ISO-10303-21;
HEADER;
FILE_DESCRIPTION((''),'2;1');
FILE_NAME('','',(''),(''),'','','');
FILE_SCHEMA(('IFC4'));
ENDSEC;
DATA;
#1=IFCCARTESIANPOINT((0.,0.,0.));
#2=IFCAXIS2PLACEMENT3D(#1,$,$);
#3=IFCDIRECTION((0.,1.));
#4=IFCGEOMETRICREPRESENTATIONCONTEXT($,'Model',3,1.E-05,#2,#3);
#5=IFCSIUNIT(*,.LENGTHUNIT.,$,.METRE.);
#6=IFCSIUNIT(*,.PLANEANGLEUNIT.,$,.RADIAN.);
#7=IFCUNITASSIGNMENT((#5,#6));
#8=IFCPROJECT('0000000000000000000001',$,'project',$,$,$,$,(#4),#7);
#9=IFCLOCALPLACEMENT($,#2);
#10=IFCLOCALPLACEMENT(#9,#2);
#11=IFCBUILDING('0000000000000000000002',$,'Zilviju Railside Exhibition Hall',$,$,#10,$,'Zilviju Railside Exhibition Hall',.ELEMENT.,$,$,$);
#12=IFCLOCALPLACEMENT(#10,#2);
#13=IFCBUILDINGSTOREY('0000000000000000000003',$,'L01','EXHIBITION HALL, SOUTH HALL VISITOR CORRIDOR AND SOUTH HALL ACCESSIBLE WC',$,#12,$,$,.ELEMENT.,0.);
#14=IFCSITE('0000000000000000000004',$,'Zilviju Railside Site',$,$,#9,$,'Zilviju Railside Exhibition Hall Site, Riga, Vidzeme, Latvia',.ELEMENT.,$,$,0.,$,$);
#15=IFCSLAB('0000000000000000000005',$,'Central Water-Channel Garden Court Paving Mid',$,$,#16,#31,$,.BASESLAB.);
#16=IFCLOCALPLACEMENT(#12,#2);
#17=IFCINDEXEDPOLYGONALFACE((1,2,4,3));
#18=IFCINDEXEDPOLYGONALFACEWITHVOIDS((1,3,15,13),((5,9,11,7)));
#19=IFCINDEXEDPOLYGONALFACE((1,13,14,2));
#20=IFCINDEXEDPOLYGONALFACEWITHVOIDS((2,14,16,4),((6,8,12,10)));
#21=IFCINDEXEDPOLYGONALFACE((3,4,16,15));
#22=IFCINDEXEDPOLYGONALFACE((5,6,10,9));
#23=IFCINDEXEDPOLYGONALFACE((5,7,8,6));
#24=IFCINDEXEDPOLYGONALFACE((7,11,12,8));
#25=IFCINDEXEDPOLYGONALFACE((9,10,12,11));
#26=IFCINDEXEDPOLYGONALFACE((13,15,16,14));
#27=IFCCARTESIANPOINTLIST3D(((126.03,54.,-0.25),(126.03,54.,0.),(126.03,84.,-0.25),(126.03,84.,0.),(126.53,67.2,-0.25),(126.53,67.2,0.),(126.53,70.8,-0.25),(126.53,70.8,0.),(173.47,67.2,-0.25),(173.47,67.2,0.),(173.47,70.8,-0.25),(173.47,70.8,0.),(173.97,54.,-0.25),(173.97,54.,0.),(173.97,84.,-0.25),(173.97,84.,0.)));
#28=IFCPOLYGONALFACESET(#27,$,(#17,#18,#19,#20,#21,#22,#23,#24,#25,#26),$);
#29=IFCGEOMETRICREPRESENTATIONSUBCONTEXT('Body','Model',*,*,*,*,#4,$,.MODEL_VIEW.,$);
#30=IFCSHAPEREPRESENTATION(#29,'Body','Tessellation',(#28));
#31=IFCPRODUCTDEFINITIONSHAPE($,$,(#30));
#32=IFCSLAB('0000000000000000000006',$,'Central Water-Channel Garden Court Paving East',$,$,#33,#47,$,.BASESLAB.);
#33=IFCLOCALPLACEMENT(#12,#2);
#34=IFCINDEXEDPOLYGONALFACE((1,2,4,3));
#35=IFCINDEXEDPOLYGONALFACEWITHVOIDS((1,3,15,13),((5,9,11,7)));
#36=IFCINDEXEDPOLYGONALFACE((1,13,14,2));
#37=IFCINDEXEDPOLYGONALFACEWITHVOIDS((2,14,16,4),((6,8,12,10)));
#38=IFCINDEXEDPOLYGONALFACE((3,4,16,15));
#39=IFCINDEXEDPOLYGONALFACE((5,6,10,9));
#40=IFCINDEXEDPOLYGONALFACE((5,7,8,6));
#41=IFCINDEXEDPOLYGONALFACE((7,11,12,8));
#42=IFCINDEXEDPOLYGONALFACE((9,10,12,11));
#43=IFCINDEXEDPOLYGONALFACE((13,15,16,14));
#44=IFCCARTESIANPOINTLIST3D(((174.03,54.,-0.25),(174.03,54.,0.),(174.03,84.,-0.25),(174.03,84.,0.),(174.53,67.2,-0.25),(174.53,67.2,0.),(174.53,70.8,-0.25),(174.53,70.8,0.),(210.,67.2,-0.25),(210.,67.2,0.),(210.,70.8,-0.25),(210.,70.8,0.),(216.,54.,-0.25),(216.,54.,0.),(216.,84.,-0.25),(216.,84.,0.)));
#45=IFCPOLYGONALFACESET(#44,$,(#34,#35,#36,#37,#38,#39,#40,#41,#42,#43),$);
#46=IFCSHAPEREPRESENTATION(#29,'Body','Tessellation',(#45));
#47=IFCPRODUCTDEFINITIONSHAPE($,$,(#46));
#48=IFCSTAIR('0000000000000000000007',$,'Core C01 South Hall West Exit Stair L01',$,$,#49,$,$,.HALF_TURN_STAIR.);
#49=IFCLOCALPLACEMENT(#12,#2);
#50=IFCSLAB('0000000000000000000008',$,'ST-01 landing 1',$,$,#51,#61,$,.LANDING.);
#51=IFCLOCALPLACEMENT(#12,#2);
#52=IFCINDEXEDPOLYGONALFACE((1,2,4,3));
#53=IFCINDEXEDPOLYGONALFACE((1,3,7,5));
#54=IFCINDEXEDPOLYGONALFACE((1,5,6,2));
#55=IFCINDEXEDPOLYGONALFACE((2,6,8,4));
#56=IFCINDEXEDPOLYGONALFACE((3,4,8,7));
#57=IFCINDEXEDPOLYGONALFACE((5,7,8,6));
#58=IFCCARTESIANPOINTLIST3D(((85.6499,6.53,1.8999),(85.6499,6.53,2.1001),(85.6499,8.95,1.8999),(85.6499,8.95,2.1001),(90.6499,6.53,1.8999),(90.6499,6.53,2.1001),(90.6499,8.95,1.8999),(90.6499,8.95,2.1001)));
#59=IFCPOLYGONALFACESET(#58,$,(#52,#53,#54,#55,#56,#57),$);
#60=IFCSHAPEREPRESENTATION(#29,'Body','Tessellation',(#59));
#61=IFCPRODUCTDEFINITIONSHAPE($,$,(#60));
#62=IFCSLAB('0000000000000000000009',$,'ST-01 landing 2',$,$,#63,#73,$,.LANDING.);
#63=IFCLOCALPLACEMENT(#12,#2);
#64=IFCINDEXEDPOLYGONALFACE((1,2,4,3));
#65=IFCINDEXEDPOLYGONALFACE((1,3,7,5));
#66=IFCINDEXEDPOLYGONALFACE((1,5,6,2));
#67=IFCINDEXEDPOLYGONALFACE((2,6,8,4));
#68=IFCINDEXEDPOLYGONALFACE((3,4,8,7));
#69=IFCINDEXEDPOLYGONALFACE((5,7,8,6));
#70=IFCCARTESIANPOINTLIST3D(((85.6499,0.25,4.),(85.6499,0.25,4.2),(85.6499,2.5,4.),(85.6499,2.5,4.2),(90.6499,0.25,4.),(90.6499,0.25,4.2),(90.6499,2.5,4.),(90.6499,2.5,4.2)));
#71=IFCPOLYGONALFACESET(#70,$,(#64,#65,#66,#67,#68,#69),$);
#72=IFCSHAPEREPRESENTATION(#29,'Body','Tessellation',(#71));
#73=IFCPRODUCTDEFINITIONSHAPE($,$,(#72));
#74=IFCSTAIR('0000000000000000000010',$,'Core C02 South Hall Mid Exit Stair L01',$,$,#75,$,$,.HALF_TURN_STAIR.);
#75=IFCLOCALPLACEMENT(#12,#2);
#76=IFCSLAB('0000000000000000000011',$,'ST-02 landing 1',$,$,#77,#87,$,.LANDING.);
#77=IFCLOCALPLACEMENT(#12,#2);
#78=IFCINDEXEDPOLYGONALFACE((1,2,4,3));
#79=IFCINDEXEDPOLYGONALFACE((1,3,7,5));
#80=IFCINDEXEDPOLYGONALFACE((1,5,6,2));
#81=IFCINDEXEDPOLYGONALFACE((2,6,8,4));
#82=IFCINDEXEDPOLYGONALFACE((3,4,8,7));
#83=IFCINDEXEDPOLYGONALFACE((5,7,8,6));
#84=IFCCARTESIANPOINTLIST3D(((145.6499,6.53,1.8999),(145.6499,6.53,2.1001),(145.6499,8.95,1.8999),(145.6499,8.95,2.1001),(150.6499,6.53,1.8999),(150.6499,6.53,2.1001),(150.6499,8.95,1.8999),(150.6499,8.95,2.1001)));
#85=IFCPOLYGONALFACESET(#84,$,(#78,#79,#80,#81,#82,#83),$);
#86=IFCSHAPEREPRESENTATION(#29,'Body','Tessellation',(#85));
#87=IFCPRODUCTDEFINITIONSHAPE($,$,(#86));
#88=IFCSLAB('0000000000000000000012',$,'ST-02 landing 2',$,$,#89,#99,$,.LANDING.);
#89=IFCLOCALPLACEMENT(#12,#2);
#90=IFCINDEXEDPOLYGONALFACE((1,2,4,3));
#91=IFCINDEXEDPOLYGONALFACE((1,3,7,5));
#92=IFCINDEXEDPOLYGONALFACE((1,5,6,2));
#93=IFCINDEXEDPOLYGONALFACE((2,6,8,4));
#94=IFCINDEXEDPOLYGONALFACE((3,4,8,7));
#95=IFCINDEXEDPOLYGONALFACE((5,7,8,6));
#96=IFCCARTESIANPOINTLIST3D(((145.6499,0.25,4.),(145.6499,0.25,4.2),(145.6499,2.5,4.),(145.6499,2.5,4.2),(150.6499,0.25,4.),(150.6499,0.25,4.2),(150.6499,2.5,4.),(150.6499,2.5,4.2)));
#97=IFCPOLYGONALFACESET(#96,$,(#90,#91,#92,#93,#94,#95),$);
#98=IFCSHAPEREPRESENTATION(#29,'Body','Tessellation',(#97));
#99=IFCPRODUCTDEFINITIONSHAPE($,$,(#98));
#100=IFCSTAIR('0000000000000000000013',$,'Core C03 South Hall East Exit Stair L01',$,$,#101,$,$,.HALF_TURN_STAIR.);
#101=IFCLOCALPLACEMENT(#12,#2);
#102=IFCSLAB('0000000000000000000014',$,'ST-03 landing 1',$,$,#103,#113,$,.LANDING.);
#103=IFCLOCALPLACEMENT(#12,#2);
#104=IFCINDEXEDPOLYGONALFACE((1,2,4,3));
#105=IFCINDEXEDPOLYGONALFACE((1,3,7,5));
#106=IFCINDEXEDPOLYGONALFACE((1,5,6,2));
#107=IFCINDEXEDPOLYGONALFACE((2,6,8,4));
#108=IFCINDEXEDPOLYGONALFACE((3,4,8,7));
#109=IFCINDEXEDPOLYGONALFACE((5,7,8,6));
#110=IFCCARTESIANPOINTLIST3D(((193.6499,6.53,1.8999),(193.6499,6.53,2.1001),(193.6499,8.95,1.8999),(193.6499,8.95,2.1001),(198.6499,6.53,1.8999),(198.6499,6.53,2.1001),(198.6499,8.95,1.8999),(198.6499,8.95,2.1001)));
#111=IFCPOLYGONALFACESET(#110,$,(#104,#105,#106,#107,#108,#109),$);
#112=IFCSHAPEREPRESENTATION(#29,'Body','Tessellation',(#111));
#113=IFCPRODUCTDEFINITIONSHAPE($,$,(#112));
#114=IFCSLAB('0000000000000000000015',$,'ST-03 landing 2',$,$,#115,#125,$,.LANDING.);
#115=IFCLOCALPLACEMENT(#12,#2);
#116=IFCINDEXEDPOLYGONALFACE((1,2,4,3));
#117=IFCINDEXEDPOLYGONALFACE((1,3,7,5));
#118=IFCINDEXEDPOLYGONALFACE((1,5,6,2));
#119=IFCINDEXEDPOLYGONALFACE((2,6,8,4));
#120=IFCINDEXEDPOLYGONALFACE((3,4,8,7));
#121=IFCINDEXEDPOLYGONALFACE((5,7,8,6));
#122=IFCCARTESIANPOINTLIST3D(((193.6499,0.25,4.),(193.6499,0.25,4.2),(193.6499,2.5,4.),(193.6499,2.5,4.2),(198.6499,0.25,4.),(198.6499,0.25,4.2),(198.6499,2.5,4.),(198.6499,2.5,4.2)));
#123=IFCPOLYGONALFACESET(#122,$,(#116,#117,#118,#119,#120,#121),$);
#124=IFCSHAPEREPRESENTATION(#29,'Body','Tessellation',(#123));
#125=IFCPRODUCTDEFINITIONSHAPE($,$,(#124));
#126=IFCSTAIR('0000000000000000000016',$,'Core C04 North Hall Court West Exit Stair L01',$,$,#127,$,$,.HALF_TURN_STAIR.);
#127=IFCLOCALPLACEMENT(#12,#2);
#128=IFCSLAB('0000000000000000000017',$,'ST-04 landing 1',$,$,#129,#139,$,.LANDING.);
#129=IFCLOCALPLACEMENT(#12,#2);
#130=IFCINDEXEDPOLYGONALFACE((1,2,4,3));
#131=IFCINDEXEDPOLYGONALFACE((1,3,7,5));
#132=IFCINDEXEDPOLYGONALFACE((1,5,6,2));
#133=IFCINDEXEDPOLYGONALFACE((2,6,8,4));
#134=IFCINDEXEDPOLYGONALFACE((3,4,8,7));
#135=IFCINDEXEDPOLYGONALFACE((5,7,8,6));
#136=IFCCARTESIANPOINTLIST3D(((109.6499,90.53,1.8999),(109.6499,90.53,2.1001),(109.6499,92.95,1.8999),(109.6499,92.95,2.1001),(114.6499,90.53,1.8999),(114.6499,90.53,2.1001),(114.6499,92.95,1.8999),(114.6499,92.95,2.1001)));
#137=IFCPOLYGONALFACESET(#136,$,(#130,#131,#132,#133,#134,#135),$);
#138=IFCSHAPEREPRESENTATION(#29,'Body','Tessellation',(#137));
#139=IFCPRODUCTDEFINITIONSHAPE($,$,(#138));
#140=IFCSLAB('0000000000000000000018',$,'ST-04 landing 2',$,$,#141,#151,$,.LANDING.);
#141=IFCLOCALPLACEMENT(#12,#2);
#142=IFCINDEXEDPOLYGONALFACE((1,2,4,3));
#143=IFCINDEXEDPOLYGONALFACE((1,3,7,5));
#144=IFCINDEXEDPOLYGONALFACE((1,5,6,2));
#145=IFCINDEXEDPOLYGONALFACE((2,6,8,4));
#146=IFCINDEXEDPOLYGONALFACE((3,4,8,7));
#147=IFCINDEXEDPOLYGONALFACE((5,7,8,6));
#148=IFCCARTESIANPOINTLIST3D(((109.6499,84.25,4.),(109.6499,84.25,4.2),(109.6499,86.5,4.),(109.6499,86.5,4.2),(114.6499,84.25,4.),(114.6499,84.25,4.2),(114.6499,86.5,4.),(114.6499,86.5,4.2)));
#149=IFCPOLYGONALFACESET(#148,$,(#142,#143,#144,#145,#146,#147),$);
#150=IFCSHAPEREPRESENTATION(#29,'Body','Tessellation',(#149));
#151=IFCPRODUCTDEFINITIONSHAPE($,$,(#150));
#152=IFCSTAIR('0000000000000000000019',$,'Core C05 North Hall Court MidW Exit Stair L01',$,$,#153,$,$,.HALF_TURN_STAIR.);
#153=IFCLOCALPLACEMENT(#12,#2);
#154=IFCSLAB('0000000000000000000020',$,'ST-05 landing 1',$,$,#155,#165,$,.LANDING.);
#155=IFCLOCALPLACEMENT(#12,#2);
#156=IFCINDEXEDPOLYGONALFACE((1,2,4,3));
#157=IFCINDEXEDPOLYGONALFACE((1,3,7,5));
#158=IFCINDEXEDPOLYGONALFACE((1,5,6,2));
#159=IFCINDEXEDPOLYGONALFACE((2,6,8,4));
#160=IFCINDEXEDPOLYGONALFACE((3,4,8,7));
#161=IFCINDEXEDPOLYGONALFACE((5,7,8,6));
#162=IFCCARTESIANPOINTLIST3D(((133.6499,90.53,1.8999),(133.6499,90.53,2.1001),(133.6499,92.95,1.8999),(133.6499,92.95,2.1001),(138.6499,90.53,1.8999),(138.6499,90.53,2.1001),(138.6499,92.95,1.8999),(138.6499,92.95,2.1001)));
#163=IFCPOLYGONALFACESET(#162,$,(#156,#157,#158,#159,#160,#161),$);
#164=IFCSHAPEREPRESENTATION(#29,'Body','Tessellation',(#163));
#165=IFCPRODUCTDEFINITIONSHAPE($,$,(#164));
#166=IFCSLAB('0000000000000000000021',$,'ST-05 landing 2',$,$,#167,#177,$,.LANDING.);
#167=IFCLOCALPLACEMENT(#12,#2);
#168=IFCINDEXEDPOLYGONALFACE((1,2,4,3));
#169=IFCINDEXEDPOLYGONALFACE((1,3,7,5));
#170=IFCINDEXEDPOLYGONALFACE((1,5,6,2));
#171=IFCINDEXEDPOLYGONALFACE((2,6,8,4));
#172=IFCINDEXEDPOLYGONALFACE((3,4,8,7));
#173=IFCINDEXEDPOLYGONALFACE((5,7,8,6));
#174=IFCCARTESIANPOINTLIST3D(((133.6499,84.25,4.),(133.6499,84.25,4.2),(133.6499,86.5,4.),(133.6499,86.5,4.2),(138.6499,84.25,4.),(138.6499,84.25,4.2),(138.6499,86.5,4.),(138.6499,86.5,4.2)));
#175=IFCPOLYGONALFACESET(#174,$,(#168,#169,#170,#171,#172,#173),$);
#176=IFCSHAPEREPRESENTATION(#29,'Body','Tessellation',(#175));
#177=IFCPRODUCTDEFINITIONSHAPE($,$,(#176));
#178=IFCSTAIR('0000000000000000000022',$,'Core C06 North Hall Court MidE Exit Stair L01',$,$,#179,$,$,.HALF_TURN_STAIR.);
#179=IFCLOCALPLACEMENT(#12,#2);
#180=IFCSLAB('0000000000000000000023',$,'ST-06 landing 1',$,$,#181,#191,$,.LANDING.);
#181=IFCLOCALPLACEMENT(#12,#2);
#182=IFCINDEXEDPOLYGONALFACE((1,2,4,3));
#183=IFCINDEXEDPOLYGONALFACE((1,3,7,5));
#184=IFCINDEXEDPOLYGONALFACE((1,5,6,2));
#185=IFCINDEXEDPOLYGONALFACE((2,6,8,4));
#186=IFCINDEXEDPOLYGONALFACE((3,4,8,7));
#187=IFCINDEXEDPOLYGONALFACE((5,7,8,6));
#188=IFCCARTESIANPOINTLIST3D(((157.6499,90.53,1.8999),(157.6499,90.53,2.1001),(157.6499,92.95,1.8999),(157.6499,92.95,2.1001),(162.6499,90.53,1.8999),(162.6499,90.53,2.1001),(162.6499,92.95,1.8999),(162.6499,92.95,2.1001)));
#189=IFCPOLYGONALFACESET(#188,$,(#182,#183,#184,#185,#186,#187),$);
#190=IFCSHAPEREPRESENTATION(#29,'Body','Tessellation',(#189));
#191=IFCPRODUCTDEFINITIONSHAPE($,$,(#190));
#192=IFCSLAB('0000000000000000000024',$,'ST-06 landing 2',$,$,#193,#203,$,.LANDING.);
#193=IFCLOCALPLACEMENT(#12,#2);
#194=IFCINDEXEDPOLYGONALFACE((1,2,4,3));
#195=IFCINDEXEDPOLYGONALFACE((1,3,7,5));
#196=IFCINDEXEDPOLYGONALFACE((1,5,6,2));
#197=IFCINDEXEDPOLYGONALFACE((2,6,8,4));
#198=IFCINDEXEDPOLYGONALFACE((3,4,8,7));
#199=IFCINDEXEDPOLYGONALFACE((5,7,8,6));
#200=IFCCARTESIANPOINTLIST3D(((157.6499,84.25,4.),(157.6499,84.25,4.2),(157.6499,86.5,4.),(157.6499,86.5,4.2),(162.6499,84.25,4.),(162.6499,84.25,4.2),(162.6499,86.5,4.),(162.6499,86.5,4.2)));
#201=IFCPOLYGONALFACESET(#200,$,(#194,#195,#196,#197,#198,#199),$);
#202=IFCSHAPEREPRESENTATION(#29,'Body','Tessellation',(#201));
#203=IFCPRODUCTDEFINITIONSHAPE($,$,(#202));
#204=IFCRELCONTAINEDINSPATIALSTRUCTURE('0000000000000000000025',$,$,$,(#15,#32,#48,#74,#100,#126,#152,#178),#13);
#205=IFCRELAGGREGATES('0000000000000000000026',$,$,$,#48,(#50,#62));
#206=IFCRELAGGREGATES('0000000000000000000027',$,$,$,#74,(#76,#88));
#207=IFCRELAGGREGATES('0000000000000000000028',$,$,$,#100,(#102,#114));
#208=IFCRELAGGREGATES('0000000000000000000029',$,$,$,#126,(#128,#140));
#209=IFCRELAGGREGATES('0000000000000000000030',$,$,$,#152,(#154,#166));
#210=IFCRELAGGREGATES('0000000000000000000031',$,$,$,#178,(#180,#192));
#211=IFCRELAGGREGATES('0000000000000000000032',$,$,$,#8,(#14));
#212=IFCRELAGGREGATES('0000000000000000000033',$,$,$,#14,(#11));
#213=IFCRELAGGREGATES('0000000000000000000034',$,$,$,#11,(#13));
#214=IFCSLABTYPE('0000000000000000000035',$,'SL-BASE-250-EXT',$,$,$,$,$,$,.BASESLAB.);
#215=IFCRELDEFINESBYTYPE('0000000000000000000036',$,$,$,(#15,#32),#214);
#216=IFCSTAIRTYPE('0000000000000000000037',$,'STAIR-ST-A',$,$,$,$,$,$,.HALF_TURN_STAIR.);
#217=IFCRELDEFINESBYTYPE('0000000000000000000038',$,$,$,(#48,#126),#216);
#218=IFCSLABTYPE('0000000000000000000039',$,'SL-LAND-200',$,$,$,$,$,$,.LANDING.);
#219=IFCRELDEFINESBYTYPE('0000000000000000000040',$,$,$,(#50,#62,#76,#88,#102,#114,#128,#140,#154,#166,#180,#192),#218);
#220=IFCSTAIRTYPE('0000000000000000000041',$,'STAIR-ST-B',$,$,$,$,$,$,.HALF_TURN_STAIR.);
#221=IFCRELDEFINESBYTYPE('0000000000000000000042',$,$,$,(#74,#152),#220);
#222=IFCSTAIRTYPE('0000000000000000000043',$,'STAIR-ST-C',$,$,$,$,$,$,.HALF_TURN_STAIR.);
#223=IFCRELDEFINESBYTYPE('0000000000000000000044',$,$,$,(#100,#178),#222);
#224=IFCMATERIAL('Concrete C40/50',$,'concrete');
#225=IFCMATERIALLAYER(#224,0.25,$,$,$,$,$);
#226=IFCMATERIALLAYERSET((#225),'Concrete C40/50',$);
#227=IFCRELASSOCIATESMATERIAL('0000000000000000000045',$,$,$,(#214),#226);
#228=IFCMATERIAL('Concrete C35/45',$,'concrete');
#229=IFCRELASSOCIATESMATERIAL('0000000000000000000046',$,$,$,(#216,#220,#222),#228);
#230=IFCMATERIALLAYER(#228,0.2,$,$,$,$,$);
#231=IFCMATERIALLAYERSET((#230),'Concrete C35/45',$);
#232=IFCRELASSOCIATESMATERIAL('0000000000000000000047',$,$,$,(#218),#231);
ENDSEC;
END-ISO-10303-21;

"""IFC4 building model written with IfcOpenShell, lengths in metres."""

from ifc_helpers import new_model, si_unit, direction, frame, origin, place, context, subcontext, project, spatial, polyline, outline, extrude, material, layer, layer_set, type_object, element, aggregate, save


model = new_model("IFC4")

# Units and contexts
model_context = context("Model", 3, precision=1e-05, world=origin(), true_north=direction((0.0, 1.0)))
body_context = subcontext(model_context, "Body", "Model", "MODEL_VIEW")
ifc_project = project(units=[si_unit("LENGTHUNIT", "METRE"), si_unit("PLANEANGLEUNIT", "RADIAN")], contexts=[model_context])

# Site, building, storey
site_placement = place(None, origin())
site = spatial("IfcSite", under=ifc_project, at=site_placement, Name="Zilviju Railside Site", LongName="Zilviju Railside Exhibition Hall Site, Riga, Vidzeme, Latvia", CompositionType="ELEMENT", RefElevation=0.0)
building_placement = place(site_placement, origin())
building = spatial("IfcBuilding", under=site, at=building_placement, Name="Zilviju Railside Exhibition Hall", LongName="Zilviju Railside Exhibition Hall", CompositionType="ELEMENT")
storey_placement = place(building_placement, origin())
storey = spatial("IfcBuildingStorey", under=building, at=storey_placement, Name="L01", Description="EXHIBITION HALL, SOUTH HALL VISITOR CORRIDOR AND SOUTH HALL ACCESSIBLE WC", CompositionType="ELEMENT", Elevation=0.0)

# Slabs
ifc_material_1 = material(Name="Concrete C40/50", Category="concrete")
ifc_layer_1 = layer(ifc_material_1, 0.25)
ifc_layer_set_1 = layer_set([ifc_layer_1], Name="Concrete C40/50")
slab_type_1 = type_object("IfcSlabType", Name="SL-BASE-250-EXT", PredefinedType="BASESLAB", material=ifc_layer_set_1)
slab_1_placement = place(storey_placement, frame((0.0, 0.0, -0.25)))
element("IfcSlab", 1, at=slab_1_placement, inside=storey, type_object=slab_type_1, Name="Central Water-Channel Garden Court Paving Mid", PredefinedType="BASESLAB", context=body_context, shape_type="SweptSolid", body=[
    extrude(outline(polyline([(126.03, 54.0), (173.97, 54.0), (173.97, 84.0), (126.03, 84.0), (126.03, 54.0)]), holes=[polyline([(126.53, 67.2), (173.47, 67.2), (173.47, 70.8), (126.53, 70.8), (126.53, 67.2)])]), origin(), (0.0, 0.0, 1.0), 0.25),
])
slab_2_placement = place(storey_placement, frame((0.0, 0.0, -0.25)))
element("IfcSlab", 2, at=slab_2_placement, inside=storey, type_object=slab_type_1, Name="Central Water-Channel Garden Court Paving East", PredefinedType="BASESLAB", context=body_context, shape_type="SweptSolid", body=[
    extrude(outline(polyline([(174.03, 54.0), (216.0, 54.0), (216.0, 84.0), (174.03, 84.0), (174.03, 54.0)]), holes=[polyline([(174.53, 67.2), (210.0, 67.2), (210.0, 70.8), (174.53, 70.8), (174.53, 67.2)])]), origin(), (0.0, 0.0, 1.0), 0.25),
])

# Stairs, slabs
ifc_material_2 = material(Name="Concrete C35/45", Category="concrete")
stair_type_1 = type_object("IfcStairType", Name="STAIR-ST-A", PredefinedType="HALF_TURN_STAIR", material=ifc_material_2)
stair_1_placement = place(storey_placement, origin())
stair_1 = element("IfcStair", 3, at=stair_1_placement, inside=storey, type_object=stair_type_1, Name="Core C01 South Hall West Exit Stair L01", PredefinedType="HALF_TURN_STAIR")
ifc_layer_2 = layer(ifc_material_2, 0.2)
ifc_layer_set_2 = layer_set([ifc_layer_2], Name="Concrete C35/45")
slab_type_2 = type_object("IfcSlabType", Name="SL-LAND-200", PredefinedType="LANDING", material=ifc_layer_set_2)
slab_3_placement = place(storey_placement, frame((0.0, 0.0, 1.8999)))
slab_3 = element("IfcSlab", 4, at=slab_3_placement, type_object=slab_type_2, Name="ST-01 landing 1", PredefinedType="LANDING", context=body_context, shape_type="SweptSolid", body=[
    extrude(outline(polyline([(85.6499, 6.53), (90.6499, 6.53), (90.6499, 8.95), (85.6499, 8.95), (85.6499, 6.53)])), origin(), (0.0, 0.0, 1.0), 0.2002),
])
slab_4_placement = place(storey_placement, frame((0.0, 0.0, 4.0)))
slab_4 = element("IfcSlab", 5, at=slab_4_placement, type_object=slab_type_2, Name="ST-01 landing 2", PredefinedType="LANDING", context=body_context, shape_type="SweptSolid", body=[
    extrude(outline(polyline([(85.6499, 0.25), (90.6499, 0.25), (90.6499, 2.5), (85.6499, 2.5), (85.6499, 0.25)])), origin(), (0.0, 0.0, 1.0), 0.2),
])
aggregate(stair_1, [slab_3, slab_4])
stair_type_2 = type_object("IfcStairType", Name="STAIR-ST-B", PredefinedType="HALF_TURN_STAIR", material=ifc_material_2)
stair_2_placement = place(storey_placement, origin())
stair_2 = element("IfcStair", 6, at=stair_2_placement, inside=storey, type_object=stair_type_2, Name="Core C02 South Hall Mid Exit Stair L01", PredefinedType="HALF_TURN_STAIR")
slab_5_placement = place(storey_placement, frame((0.0, 0.0, 1.8999)))
slab_5 = element("IfcSlab", 7, at=slab_5_placement, type_object=slab_type_2, Name="ST-02 landing 1", PredefinedType="LANDING", context=body_context, shape_type="SweptSolid", body=[
    extrude(outline(polyline([(145.6499, 6.53), (150.6499, 6.53), (150.6499, 8.95), (145.6499, 8.95), (145.6499, 6.53)])), origin(), (0.0, 0.0, 1.0), 0.2002),
])
slab_6_placement = place(storey_placement, frame((0.0, 0.0, 4.0)))
slab_6 = element("IfcSlab", 8, at=slab_6_placement, type_object=slab_type_2, Name="ST-02 landing 2", PredefinedType="LANDING", context=body_context, shape_type="SweptSolid", body=[
    extrude(outline(polyline([(145.6499, 0.25), (150.6499, 0.25), (150.6499, 2.5), (145.6499, 2.5), (145.6499, 0.25)])), origin(), (0.0, 0.0, 1.0), 0.2),
])
aggregate(stair_2, [slab_5, slab_6])
stair_type_3 = type_object("IfcStairType", Name="STAIR-ST-C", PredefinedType="HALF_TURN_STAIR", material=ifc_material_2)
stair_3_placement = place(storey_placement, origin())
stair_3 = element("IfcStair", 9, at=stair_3_placement, inside=storey, type_object=stair_type_3, Name="Core C03 South Hall East Exit Stair L01", PredefinedType="HALF_TURN_STAIR")
slab_7_placement = place(storey_placement, frame((0.0, 0.0, 1.8999)))
slab_7 = element("IfcSlab", 10, at=slab_7_placement, type_object=slab_type_2, Name="ST-03 landing 1", PredefinedType="LANDING", context=body_context, shape_type="SweptSolid", body=[
    extrude(outline(polyline([(193.6499, 6.53), (198.6499, 6.53), (198.6499, 8.95), (193.6499, 8.95), (193.6499, 6.53)])), origin(), (0.0, 0.0, 1.0), 0.2002),
])
slab_8_placement = place(storey_placement, frame((0.0, 0.0, 4.0)))
slab_8 = element("IfcSlab", 11, at=slab_8_placement, type_object=slab_type_2, Name="ST-03 landing 2", PredefinedType="LANDING", context=body_context, shape_type="SweptSolid", body=[
    extrude(outline(polyline([(193.6499, 0.25), (198.6499, 0.25), (198.6499, 2.5), (193.6499, 2.5), (193.6499, 0.25)])), origin(), (0.0, 0.0, 1.0), 0.2),
])
aggregate(stair_3, [slab_7, slab_8])
stair_4_placement = place(storey_placement, origin())
stair_4 = element("IfcStair", 12, at=stair_4_placement, inside=storey, type_object=stair_type_1, Name="Core C04 North Hall Court West Exit Stair L01", PredefinedType="HALF_TURN_STAIR")
slab_9_placement = place(storey_placement, frame((0.0, 0.0, 1.8999)))
slab_9 = element("IfcSlab", 13, at=slab_9_placement, type_object=slab_type_2, Name="ST-04 landing 1", PredefinedType="LANDING", context=body_context, shape_type="SweptSolid", body=[
    extrude(outline(polyline([(109.6499, 90.53), (114.6499, 90.53), (114.6499, 92.95), (109.6499, 92.95), (109.6499, 90.53)])), origin(), (0.0, 0.0, 1.0), 0.2002),
])
slab_10_placement = place(storey_placement, frame((0.0, 0.0, 4.0)))
slab_10 = element("IfcSlab", 14, at=slab_10_placement, type_object=slab_type_2, Name="ST-04 landing 2", PredefinedType="LANDING", context=body_context, shape_type="SweptSolid", body=[
    extrude(outline(polyline([(109.6499, 84.25), (114.6499, 84.25), (114.6499, 86.5), (109.6499, 86.5), (109.6499, 84.25)])), origin(), (0.0, 0.0, 1.0), 0.2),
])
aggregate(stair_4, [slab_9, slab_10])
stair_5_placement = place(storey_placement, origin())
stair_5 = element("IfcStair", 15, at=stair_5_placement, inside=storey, type_object=stair_type_2, Name="Core C05 North Hall Court MidW Exit Stair L01", PredefinedType="HALF_TURN_STAIR")
slab_11_placement = place(storey_placement, frame((0.0, 0.0, 1.8999)))
slab_11 = element("IfcSlab", 16, at=slab_11_placement, type_object=slab_type_2, Name="ST-05 landing 1", PredefinedType="LANDING", context=body_context, shape_type="SweptSolid", body=[
    extrude(outline(polyline([(133.6499, 90.53), (138.6499, 90.53), (138.6499, 92.95), (133.6499, 92.95), (133.6499, 90.53)])), origin(), (0.0, 0.0, 1.0), 0.2002),
])
slab_12_placement = place(storey_placement, frame((0.0, 0.0, 4.0)))
slab_12 = element("IfcSlab", 17, at=slab_12_placement, type_object=slab_type_2, Name="ST-05 landing 2", PredefinedType="LANDING", context=body_context, shape_type="SweptSolid", body=[
    extrude(outline(polyline([(133.6499, 84.25), (138.6499, 84.25), (138.6499, 86.5), (133.6499, 86.5), (133.6499, 84.25)])), origin(), (0.0, 0.0, 1.0), 0.2),
])
aggregate(stair_5, [slab_11, slab_12])
stair_6_placement = place(storey_placement, origin())
stair_6 = element("IfcStair", 18, at=stair_6_placement, inside=storey, type_object=stair_type_3, Name="Core C06 North Hall Court MidE Exit Stair L01", PredefinedType="HALF_TURN_STAIR")
slab_13_placement = place(storey_placement, frame((0.0, 0.0, 1.8999)))
slab_13 = element("IfcSlab", 19, at=slab_13_placement, type_object=slab_type_2, Name="ST-06 landing 1", PredefinedType="LANDING", context=body_context, shape_type="SweptSolid", body=[
    extrude(outline(polyline([(157.6499, 90.53), (162.6499, 90.53), (162.6499, 92.95), (157.6499, 92.95), (157.6499, 90.53)])), origin(), (0.0, 0.0, 1.0), 0.2002),
])
slab_14_placement = place(storey_placement, frame((0.0, 0.0, 4.0)))
slab_14 = element("IfcSlab", 20, at=slab_14_placement, type_object=slab_type_2, Name="ST-06 landing 2", PredefinedType="LANDING", context=body_context, shape_type="SweptSolid", body=[
    extrude(outline(polyline([(157.6499, 84.25), (162.6499, 84.25), (162.6499, 86.5), (157.6499, 86.5), (157.6499, 84.25)])), origin(), (0.0, 0.0, 1.0), 0.2),
])
aggregate(stair_6, [slab_13, slab_14])

save(model, "model.ifc")
